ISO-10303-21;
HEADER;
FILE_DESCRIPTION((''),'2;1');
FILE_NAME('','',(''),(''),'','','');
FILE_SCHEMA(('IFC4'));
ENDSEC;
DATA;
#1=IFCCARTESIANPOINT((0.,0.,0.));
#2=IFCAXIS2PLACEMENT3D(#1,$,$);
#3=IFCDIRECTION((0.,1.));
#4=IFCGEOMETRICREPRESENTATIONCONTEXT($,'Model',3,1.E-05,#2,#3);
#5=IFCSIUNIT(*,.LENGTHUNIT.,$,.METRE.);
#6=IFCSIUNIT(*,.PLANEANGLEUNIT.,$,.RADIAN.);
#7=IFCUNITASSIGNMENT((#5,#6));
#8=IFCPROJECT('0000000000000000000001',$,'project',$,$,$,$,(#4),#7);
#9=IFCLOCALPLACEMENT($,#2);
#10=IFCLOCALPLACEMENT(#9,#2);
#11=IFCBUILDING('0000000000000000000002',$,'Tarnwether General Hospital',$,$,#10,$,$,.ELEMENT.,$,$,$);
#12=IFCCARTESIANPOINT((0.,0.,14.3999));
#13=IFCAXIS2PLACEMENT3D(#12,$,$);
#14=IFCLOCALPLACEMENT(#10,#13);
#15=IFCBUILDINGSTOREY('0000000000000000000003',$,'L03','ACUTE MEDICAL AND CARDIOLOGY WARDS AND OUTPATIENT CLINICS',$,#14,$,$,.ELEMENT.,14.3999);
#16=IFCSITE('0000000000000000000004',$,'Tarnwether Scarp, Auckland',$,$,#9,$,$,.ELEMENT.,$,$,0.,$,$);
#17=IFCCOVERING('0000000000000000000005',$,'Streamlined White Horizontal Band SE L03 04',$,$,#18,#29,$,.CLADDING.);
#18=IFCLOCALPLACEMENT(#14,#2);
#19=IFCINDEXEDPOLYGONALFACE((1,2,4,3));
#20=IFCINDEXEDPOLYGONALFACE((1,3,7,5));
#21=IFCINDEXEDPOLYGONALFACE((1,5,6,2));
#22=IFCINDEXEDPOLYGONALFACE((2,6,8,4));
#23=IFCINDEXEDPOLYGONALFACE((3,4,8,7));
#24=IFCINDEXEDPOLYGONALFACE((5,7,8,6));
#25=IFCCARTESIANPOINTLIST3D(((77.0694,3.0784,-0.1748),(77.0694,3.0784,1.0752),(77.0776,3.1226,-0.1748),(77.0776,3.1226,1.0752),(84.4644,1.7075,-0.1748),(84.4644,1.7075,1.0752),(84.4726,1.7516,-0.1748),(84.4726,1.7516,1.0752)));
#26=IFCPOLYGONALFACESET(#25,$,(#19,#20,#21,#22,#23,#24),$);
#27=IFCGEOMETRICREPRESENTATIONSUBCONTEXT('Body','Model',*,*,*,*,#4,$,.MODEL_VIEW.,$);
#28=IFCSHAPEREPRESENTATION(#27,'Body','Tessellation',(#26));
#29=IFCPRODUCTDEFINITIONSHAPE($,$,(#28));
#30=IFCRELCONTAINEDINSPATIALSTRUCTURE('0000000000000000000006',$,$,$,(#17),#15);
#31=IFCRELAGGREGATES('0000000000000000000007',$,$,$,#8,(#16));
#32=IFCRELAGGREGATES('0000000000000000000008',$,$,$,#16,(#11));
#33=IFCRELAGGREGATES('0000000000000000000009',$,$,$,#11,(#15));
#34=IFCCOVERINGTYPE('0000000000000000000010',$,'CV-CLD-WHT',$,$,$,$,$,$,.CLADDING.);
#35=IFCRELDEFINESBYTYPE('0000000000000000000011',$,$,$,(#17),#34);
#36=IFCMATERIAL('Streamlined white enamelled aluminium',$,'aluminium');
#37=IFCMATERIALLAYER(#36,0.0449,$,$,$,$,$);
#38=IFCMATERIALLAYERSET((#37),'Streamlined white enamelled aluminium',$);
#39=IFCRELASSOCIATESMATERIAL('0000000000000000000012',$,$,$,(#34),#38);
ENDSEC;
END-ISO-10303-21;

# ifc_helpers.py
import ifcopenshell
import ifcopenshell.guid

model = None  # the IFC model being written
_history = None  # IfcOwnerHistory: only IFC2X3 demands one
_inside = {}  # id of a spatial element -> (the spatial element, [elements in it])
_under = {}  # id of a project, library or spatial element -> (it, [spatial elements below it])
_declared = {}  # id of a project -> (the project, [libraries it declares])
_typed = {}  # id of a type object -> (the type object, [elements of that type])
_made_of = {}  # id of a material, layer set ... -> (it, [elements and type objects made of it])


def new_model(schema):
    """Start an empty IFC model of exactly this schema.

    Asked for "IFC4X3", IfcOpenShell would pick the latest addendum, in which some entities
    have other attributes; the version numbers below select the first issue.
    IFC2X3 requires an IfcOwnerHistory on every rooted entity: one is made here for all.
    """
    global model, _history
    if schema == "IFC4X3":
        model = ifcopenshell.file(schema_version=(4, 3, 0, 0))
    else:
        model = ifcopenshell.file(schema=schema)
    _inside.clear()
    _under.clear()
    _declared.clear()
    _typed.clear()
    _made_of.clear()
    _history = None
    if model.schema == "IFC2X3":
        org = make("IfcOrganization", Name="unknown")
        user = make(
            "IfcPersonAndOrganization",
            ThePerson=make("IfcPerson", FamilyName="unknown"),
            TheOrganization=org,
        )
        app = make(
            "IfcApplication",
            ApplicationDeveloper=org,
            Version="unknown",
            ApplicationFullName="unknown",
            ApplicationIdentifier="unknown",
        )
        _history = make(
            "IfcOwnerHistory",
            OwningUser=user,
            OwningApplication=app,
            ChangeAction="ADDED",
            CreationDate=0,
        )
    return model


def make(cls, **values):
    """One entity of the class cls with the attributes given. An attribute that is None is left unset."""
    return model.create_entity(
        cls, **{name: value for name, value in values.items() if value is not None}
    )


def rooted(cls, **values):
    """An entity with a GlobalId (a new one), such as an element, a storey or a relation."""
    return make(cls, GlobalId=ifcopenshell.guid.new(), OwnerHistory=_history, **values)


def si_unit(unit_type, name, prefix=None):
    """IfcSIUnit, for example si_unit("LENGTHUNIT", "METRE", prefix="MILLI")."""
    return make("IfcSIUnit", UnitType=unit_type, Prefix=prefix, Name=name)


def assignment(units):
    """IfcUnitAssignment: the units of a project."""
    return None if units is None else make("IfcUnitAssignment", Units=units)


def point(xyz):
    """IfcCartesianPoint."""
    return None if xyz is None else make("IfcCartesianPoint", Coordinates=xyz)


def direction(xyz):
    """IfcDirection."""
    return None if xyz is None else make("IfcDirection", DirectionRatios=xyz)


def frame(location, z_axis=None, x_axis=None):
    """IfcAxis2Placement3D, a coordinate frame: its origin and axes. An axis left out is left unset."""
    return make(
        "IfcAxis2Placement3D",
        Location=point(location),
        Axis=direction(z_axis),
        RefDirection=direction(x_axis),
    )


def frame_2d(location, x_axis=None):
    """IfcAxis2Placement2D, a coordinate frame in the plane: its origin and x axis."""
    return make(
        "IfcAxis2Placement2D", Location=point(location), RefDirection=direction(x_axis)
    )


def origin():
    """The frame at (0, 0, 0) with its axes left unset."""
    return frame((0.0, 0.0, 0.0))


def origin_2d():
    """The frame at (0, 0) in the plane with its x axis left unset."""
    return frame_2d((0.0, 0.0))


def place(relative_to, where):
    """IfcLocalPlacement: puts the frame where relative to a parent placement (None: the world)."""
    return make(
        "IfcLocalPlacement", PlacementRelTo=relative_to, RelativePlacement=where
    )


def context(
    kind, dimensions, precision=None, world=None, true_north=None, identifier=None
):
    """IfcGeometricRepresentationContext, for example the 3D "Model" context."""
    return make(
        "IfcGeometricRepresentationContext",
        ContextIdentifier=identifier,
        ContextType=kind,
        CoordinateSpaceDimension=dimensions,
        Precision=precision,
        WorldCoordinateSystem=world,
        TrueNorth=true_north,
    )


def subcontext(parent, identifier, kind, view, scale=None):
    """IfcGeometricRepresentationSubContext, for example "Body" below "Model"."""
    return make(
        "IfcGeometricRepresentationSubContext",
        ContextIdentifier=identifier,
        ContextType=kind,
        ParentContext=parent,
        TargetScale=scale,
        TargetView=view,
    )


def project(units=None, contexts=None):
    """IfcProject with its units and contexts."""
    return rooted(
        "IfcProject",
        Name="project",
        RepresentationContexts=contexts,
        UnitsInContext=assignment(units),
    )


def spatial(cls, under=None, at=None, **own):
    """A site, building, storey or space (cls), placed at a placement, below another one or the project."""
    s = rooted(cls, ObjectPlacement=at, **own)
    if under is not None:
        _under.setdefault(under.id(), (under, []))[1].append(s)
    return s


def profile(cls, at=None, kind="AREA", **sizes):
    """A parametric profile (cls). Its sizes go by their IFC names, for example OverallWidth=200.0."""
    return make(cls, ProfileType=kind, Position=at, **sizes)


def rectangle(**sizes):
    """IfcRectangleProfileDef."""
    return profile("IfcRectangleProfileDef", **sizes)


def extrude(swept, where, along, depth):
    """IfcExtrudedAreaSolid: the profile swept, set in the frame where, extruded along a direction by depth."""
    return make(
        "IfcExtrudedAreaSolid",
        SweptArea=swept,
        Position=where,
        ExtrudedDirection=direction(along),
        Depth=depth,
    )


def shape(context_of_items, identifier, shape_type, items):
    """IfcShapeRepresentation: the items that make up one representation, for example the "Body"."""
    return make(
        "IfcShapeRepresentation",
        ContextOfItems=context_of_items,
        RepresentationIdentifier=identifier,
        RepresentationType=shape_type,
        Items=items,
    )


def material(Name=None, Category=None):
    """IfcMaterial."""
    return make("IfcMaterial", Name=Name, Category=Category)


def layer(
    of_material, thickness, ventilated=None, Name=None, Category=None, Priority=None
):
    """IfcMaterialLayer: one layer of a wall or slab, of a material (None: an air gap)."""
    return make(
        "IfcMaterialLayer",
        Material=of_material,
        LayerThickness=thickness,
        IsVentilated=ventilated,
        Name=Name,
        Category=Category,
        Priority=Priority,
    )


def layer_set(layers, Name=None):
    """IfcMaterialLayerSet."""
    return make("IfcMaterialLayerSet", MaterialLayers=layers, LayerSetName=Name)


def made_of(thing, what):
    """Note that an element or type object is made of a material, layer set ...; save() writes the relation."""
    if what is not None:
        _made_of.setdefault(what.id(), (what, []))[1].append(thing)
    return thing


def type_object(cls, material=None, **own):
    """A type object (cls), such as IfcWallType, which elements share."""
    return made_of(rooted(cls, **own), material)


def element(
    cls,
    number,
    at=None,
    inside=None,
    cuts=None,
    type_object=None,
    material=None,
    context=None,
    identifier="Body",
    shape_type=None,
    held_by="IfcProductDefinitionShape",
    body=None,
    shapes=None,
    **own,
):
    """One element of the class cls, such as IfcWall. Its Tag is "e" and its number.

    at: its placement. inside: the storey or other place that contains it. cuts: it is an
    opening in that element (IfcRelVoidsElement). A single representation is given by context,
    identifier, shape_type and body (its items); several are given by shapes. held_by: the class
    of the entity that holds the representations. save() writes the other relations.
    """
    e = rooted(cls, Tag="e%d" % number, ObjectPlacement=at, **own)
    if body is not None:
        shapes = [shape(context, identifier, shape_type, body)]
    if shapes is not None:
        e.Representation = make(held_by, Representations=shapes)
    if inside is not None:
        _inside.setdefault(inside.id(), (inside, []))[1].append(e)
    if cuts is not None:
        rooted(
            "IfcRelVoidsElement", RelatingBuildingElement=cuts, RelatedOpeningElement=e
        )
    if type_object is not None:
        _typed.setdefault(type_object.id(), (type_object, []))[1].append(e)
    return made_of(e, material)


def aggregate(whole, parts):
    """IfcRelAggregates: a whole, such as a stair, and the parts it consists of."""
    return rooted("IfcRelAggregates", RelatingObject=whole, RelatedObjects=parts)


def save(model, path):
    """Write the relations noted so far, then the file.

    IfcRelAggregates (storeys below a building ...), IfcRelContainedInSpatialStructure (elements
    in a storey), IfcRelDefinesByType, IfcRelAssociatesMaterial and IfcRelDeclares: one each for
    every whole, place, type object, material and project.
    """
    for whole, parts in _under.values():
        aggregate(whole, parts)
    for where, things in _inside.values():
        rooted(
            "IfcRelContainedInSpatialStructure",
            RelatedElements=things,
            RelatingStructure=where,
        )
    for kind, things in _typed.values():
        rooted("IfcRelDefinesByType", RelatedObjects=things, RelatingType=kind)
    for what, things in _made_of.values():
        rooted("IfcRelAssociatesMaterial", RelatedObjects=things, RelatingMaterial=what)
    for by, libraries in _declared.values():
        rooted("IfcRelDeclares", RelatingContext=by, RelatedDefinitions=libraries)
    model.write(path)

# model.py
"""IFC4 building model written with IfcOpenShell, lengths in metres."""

from ifc_helpers import new_model, si_unit, direction, frame, origin, origin_2d, place, context, subcontext, project, spatial, rectangle, extrude, material, layer, layer_set, type_object, element, save


model = new_model("IFC4")

# Units and contexts
model_context = context("Model", 3, precision=1e-05, world=origin(), true_north=direction((0.0, 1.0)))
body_context = subcontext(model_context, "Body", "Model", "MODEL_VIEW")
ifc_project = project(units=[si_unit("LENGTHUNIT", "METRE"), si_unit("PLANEANGLEUNIT", "RADIAN")], contexts=[model_context])

# Site, building, storey
site_placement = place(None, origin())
site = spatial("IfcSite", under=ifc_project, at=site_placement, Name="Tarnwether Scarp, Auckland", CompositionType="ELEMENT", RefElevation=0.0)
building_placement = place(site_placement, origin())
building = spatial("IfcBuilding", under=site, at=building_placement, Name="Tarnwether General Hospital", CompositionType="ELEMENT")
storey_placement = place(building_placement, frame((0.0, 0.0, 14.3999)))
storey = spatial("IfcBuildingStorey", under=building, at=storey_placement, Name="L03", Description="ACUTE MEDICAL AND CARDIOLOGY WARDS AND OUTPATIENT CLINICS", CompositionType="ELEMENT", Elevation=14.3999)

# Covering
ifc_material_1 = material(Name="Streamlined white enamelled aluminium", Category="aluminium")
ifc_layer_1 = layer(ifc_material_1, 0.0449)
ifc_layer_set_1 = layer_set([ifc_layer_1], Name="Streamlined white enamelled aluminium")
covering_type = type_object("IfcCoveringType", Name="CV-CLD-WHT", PredefinedType="CLADDING", material=ifc_layer_set_1)
covering_placement = place(storey_placement, frame((80.771, 2.415, -0.1748), z_axis=(0.0, 0.0, 1.0), x_axis=(-0.983245, 0.182287, 0.0)))
element("IfcCovering", 1, at=covering_placement, inside=storey, type_object=covering_type, Name="Streamlined White Horizontal Band SE L03 04", PredefinedType="CLADDING", context=body_context, shape_type="SweptSolid", body=[
    extrude(rectangle(XDim=7.521, YDim=0.0449, at=origin_2d()), origin(), (0.0, 0.0, 1.0), 1.25),
])

save(model, "model.ifc")
